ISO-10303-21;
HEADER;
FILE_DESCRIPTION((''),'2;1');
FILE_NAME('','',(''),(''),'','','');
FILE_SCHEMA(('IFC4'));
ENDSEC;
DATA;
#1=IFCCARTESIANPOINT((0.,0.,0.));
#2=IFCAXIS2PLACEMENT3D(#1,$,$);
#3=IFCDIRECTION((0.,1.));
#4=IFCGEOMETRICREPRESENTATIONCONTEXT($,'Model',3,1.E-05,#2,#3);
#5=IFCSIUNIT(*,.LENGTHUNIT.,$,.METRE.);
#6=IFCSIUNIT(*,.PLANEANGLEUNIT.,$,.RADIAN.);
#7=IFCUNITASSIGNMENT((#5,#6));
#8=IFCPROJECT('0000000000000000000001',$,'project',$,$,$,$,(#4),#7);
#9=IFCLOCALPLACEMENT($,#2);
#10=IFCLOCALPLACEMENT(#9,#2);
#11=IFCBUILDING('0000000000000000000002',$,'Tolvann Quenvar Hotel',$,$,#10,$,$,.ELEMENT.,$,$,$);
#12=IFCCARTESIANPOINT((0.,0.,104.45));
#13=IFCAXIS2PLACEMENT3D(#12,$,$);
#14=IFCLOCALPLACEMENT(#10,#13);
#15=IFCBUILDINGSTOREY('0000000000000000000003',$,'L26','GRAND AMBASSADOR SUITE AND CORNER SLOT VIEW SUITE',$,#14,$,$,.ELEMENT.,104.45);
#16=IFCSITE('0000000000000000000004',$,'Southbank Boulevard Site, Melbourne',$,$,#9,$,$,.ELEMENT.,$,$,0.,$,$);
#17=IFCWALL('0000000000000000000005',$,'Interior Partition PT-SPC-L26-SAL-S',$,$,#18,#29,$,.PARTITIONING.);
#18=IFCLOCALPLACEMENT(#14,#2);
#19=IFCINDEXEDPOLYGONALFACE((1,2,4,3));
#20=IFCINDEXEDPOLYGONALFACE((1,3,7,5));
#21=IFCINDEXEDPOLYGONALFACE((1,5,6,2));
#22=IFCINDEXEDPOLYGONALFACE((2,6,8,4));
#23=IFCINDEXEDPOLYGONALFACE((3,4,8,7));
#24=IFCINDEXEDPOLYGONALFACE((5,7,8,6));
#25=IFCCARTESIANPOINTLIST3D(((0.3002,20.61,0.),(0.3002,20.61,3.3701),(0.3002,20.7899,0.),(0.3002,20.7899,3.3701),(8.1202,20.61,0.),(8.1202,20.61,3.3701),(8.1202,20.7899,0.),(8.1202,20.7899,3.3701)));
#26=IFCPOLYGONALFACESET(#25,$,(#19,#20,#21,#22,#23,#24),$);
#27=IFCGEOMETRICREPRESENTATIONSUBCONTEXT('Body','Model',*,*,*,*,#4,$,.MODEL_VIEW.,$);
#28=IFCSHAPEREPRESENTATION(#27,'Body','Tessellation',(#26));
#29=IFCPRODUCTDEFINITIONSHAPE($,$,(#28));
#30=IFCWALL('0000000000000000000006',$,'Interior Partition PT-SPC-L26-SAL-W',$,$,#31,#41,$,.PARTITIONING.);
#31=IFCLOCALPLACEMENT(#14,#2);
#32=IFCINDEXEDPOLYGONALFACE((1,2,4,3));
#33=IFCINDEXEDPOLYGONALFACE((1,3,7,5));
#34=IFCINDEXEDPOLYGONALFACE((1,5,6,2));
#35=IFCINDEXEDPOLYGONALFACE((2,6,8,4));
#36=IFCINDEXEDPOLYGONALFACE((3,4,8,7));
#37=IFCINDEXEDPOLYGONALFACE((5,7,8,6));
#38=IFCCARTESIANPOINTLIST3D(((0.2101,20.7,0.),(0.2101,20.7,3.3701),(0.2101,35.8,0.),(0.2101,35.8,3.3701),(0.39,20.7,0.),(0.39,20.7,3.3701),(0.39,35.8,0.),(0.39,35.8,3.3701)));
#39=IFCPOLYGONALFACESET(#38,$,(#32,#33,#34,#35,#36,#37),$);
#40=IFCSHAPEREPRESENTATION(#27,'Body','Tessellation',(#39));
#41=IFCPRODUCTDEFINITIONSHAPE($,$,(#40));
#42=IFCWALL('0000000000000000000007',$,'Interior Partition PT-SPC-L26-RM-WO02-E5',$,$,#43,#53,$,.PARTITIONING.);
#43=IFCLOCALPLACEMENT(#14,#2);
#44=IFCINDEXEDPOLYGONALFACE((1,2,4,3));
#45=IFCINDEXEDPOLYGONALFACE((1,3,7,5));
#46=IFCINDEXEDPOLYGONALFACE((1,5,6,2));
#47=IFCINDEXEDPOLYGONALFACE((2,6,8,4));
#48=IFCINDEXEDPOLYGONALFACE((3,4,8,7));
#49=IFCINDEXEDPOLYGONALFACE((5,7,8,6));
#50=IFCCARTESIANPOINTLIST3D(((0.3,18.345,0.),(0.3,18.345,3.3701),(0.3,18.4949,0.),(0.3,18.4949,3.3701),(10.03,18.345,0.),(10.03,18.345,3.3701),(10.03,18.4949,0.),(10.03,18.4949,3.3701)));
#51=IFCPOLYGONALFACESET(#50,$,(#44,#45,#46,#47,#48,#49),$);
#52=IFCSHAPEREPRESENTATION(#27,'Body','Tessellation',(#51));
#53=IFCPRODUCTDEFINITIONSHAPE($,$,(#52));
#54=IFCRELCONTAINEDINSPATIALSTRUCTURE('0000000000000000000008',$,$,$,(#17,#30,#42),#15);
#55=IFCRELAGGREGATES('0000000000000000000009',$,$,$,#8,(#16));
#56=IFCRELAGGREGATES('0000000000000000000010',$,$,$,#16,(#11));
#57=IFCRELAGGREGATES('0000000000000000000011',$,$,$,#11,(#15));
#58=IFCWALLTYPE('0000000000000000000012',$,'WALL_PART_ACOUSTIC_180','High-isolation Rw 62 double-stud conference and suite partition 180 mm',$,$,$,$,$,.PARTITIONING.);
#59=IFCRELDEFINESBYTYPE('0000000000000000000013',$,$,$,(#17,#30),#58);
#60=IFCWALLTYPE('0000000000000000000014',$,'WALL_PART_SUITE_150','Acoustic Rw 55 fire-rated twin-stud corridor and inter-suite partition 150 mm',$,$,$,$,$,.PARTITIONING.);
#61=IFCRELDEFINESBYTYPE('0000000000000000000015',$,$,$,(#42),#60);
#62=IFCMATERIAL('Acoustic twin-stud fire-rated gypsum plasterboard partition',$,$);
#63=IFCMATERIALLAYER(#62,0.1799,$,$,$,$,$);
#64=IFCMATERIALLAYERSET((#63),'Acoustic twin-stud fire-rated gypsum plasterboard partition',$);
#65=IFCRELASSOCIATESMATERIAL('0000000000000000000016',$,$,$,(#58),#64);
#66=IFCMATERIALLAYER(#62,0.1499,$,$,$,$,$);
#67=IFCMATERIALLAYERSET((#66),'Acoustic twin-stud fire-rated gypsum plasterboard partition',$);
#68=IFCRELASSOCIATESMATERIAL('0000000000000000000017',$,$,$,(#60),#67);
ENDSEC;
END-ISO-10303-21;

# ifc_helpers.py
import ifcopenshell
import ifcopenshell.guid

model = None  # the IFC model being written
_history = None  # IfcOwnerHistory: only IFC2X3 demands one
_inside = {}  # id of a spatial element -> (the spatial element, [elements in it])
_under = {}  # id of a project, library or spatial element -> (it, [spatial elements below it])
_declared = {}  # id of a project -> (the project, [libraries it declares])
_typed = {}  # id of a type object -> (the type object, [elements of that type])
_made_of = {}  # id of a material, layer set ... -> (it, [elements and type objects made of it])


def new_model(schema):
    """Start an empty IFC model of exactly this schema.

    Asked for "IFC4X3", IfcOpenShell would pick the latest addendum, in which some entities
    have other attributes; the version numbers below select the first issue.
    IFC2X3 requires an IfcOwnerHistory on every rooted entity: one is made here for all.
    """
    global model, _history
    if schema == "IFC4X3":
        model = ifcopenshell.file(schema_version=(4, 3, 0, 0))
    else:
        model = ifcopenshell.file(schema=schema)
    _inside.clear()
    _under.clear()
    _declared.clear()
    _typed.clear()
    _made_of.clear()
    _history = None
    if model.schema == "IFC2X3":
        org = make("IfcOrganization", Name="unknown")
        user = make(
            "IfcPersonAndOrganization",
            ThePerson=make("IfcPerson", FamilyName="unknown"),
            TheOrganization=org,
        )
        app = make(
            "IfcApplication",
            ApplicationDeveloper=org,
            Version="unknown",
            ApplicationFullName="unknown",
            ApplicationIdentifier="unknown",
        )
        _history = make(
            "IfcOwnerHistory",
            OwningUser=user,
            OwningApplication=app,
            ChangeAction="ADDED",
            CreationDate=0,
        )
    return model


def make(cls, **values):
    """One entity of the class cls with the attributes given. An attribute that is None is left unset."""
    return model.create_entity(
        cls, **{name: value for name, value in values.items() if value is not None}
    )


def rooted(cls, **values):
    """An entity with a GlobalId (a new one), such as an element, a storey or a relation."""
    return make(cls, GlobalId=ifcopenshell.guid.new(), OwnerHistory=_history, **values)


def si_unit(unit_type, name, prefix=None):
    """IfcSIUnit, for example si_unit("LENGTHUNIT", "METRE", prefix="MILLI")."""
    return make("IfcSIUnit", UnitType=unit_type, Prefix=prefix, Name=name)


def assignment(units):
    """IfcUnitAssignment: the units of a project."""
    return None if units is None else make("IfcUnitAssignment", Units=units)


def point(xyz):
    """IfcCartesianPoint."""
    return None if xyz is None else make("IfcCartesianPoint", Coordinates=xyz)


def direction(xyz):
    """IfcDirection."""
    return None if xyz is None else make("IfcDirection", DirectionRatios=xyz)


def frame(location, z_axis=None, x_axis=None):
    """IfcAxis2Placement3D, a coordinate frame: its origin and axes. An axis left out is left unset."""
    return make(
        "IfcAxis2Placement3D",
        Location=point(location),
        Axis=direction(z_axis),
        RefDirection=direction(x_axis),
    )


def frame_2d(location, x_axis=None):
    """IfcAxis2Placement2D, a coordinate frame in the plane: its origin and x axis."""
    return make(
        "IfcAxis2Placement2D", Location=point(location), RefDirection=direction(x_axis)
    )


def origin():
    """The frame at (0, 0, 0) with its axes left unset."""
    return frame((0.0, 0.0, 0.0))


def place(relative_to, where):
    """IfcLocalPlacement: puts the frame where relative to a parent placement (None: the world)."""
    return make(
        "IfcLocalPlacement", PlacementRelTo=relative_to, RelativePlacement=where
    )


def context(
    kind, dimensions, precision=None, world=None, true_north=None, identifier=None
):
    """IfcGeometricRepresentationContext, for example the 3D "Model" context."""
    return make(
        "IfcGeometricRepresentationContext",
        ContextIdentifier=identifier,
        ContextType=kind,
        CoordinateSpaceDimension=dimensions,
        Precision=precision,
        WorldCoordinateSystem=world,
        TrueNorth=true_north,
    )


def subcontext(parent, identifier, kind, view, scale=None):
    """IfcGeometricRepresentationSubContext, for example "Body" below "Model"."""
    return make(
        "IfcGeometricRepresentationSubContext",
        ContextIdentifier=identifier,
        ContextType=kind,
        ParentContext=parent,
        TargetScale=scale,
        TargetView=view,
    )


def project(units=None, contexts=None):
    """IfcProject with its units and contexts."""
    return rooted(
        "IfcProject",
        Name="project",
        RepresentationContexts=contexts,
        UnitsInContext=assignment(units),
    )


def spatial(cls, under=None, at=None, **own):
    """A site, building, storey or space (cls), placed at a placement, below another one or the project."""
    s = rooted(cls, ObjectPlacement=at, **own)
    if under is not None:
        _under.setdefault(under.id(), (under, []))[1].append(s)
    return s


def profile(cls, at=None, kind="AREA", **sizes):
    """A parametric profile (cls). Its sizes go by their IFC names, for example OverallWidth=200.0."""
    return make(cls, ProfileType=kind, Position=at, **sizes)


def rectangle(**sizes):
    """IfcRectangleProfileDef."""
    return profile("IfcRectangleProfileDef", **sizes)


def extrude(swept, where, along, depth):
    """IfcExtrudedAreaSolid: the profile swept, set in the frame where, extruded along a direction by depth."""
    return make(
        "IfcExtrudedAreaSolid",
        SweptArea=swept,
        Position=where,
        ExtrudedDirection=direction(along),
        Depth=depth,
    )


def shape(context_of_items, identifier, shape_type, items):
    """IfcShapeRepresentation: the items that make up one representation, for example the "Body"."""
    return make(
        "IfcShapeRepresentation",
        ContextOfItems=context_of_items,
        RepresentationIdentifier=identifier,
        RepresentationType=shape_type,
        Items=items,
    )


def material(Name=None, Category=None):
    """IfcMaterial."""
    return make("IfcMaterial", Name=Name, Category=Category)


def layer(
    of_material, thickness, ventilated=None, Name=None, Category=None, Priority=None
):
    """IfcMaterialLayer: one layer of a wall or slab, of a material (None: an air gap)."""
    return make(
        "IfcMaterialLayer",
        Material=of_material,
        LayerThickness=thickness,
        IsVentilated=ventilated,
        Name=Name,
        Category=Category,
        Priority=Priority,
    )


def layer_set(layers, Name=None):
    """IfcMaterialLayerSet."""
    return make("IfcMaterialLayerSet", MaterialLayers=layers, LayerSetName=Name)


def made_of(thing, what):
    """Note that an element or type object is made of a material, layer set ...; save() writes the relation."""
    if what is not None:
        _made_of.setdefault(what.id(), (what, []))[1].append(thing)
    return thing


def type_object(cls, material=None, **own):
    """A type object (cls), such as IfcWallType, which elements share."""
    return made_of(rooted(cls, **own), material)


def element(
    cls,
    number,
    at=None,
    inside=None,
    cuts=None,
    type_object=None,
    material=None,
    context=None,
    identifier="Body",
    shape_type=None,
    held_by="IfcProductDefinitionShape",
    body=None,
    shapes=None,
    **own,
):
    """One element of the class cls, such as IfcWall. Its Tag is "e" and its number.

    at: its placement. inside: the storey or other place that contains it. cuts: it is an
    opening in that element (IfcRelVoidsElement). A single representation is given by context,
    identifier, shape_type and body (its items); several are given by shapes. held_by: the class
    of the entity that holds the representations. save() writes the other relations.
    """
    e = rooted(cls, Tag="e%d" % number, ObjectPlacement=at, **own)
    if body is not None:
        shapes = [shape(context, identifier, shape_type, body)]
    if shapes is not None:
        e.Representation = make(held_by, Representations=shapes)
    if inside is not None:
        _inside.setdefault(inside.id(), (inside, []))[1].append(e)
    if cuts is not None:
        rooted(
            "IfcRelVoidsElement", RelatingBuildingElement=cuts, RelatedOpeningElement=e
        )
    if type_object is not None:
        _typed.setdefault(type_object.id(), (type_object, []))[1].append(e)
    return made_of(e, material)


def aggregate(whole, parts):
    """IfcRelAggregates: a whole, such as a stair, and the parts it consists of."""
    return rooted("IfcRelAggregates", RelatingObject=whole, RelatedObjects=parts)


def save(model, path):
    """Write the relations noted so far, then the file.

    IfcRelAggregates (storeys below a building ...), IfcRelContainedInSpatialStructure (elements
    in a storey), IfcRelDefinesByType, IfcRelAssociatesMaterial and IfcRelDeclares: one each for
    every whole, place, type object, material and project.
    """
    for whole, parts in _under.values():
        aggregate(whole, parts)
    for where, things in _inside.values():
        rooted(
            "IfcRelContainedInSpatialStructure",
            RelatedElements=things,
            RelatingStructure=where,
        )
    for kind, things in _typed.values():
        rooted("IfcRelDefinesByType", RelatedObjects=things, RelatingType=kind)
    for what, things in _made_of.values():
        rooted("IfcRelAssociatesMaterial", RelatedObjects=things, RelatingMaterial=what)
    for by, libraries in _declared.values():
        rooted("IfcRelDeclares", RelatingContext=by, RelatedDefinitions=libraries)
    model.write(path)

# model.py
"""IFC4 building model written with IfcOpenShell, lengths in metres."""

from ifc_helpers import new_model, si_unit, direction, frame, frame_2d, origin, place, context, subcontext, project, spatial, rectangle, extrude, material, layer, layer_set, type_object, element, save


model = new_model("IFC4")

# Units and contexts
model_context = context("Model", 3, precision=1e-05, world=origin(), true_north=direction((0.0, 1.0)))
body_context = subcontext(model_context, "Body", "Model", "MODEL_VIEW")
ifc_project = project(units=[si_unit("LENGTHUNIT", "METRE"), si_unit("PLANEANGLEUNIT", "RADIAN")], contexts=[model_context])

# Site, building, storey
site_placement = place(None, origin())
site = spatial("IfcSite", under=ifc_project, at=site_placement, Name="Southbank Boulevard Site, Melbourne", CompositionType="ELEMENT", RefElevation=0.0)
building_placement = place(site_placement, origin())
building = spatial("IfcBuilding", under=site, at=building_placement, Name="Tolvann Quenvar Hotel", CompositionType="ELEMENT")
storey_placement = place(building_placement, frame((0.0, 0.0, 104.45)))
storey = spatial("IfcBuildingStorey", under=building, at=storey_placement, Name="L26", Description="GRAND AMBASSADOR SUITE AND CORNER SLOT VIEW SUITE", CompositionType="ELEMENT", Elevation=104.45)

# Walls
ifc_material_1 = material(Name="Acoustic twin-stud fire-rated gypsum plasterboard partition")
ifc_layer_1 = layer(ifc_material_1, 0.1799)
ifc_layer_set_1 = layer_set([ifc_layer_1], Name="Acoustic twin-stud fire-rated gypsum plasterboard partition")
wall_type_1 = type_object("IfcWallType", Name="WALL_PART_ACOUSTIC_180", Description="High-isolation Rw 62 double-stud conference and suite partition 180 mm", PredefinedType="PARTITIONING", material=ifc_layer_set_1)
wall_1_placement = place(storey_placement, frame((0.3, 20.7, 0.0), z_axis=(0.0, 0.0, 1.0), x_axis=(1.0, 0.0, 0.0)))
element("IfcWall", 1, at=wall_1_placement, inside=storey, type_object=wall_type_1, Name="Interior Partition PT-SPC-L26-SAL-S", PredefinedType="PARTITIONING", context=body_context, shape_type="SweptSolid", body=[
    extrude(rectangle(XDim=7.8201, YDim=0.1799, at=frame_2d((3.9102, 0.0))), origin(), (0.0, 0.0, 1.0), 3.3701),
])
wall_2_placement = place(storey_placement, frame((0.3, 20.7, 0.0), z_axis=(0.0, 0.0, 1.0), x_axis=(0.0, 1.0, 0.0)))
element("IfcWall", 2, at=wall_2_placement, inside=storey, type_object=wall_type_1, Name="Interior Partition PT-SPC-L26-SAL-W", PredefinedType="PARTITIONING", context=body_context, shape_type="SweptSolid", body=[
    extrude(rectangle(XDim=15.1001, YDim=0.1799, at=frame_2d((7.55, 0.0))), origin(), (0.0, 0.0, 1.0), 3.3701),
])
ifc_layer_2 = layer(ifc_material_1, 0.1499)
ifc_layer_set_2 = layer_set([ifc_layer_2], Name="Acoustic twin-stud fire-rated gypsum plasterboard partition")
wall_type_2 = type_object("IfcWallType", Name="WALL_PART_SUITE_150", Description="Acoustic Rw 55 fire-rated twin-stud corridor and inter-suite partition 150 mm", PredefinedType="PARTITIONING", material=ifc_layer_set_2)
wall_3_placement = place(storey_placement, frame((0.3, 18.4199, 0.0), z_axis=(0.0, 0.0, 1.0), x_axis=(1.0, 0.0, 0.0)))
element("IfcWall", 3, at=wall_3_placement, inside=storey, type_object=wall_type_2, Name="Interior Partition PT-SPC-L26-RM-WO02-E5", PredefinedType="PARTITIONING", context=body_context, shape_type="SweptSolid", body=[
    extrude(rectangle(XDim=9.73, YDim=0.1499, at=frame_2d((4.865, 0.0))), origin(), (0.0, 0.0, 1.0), 3.3701),
])

save(model, "model.ifc")
